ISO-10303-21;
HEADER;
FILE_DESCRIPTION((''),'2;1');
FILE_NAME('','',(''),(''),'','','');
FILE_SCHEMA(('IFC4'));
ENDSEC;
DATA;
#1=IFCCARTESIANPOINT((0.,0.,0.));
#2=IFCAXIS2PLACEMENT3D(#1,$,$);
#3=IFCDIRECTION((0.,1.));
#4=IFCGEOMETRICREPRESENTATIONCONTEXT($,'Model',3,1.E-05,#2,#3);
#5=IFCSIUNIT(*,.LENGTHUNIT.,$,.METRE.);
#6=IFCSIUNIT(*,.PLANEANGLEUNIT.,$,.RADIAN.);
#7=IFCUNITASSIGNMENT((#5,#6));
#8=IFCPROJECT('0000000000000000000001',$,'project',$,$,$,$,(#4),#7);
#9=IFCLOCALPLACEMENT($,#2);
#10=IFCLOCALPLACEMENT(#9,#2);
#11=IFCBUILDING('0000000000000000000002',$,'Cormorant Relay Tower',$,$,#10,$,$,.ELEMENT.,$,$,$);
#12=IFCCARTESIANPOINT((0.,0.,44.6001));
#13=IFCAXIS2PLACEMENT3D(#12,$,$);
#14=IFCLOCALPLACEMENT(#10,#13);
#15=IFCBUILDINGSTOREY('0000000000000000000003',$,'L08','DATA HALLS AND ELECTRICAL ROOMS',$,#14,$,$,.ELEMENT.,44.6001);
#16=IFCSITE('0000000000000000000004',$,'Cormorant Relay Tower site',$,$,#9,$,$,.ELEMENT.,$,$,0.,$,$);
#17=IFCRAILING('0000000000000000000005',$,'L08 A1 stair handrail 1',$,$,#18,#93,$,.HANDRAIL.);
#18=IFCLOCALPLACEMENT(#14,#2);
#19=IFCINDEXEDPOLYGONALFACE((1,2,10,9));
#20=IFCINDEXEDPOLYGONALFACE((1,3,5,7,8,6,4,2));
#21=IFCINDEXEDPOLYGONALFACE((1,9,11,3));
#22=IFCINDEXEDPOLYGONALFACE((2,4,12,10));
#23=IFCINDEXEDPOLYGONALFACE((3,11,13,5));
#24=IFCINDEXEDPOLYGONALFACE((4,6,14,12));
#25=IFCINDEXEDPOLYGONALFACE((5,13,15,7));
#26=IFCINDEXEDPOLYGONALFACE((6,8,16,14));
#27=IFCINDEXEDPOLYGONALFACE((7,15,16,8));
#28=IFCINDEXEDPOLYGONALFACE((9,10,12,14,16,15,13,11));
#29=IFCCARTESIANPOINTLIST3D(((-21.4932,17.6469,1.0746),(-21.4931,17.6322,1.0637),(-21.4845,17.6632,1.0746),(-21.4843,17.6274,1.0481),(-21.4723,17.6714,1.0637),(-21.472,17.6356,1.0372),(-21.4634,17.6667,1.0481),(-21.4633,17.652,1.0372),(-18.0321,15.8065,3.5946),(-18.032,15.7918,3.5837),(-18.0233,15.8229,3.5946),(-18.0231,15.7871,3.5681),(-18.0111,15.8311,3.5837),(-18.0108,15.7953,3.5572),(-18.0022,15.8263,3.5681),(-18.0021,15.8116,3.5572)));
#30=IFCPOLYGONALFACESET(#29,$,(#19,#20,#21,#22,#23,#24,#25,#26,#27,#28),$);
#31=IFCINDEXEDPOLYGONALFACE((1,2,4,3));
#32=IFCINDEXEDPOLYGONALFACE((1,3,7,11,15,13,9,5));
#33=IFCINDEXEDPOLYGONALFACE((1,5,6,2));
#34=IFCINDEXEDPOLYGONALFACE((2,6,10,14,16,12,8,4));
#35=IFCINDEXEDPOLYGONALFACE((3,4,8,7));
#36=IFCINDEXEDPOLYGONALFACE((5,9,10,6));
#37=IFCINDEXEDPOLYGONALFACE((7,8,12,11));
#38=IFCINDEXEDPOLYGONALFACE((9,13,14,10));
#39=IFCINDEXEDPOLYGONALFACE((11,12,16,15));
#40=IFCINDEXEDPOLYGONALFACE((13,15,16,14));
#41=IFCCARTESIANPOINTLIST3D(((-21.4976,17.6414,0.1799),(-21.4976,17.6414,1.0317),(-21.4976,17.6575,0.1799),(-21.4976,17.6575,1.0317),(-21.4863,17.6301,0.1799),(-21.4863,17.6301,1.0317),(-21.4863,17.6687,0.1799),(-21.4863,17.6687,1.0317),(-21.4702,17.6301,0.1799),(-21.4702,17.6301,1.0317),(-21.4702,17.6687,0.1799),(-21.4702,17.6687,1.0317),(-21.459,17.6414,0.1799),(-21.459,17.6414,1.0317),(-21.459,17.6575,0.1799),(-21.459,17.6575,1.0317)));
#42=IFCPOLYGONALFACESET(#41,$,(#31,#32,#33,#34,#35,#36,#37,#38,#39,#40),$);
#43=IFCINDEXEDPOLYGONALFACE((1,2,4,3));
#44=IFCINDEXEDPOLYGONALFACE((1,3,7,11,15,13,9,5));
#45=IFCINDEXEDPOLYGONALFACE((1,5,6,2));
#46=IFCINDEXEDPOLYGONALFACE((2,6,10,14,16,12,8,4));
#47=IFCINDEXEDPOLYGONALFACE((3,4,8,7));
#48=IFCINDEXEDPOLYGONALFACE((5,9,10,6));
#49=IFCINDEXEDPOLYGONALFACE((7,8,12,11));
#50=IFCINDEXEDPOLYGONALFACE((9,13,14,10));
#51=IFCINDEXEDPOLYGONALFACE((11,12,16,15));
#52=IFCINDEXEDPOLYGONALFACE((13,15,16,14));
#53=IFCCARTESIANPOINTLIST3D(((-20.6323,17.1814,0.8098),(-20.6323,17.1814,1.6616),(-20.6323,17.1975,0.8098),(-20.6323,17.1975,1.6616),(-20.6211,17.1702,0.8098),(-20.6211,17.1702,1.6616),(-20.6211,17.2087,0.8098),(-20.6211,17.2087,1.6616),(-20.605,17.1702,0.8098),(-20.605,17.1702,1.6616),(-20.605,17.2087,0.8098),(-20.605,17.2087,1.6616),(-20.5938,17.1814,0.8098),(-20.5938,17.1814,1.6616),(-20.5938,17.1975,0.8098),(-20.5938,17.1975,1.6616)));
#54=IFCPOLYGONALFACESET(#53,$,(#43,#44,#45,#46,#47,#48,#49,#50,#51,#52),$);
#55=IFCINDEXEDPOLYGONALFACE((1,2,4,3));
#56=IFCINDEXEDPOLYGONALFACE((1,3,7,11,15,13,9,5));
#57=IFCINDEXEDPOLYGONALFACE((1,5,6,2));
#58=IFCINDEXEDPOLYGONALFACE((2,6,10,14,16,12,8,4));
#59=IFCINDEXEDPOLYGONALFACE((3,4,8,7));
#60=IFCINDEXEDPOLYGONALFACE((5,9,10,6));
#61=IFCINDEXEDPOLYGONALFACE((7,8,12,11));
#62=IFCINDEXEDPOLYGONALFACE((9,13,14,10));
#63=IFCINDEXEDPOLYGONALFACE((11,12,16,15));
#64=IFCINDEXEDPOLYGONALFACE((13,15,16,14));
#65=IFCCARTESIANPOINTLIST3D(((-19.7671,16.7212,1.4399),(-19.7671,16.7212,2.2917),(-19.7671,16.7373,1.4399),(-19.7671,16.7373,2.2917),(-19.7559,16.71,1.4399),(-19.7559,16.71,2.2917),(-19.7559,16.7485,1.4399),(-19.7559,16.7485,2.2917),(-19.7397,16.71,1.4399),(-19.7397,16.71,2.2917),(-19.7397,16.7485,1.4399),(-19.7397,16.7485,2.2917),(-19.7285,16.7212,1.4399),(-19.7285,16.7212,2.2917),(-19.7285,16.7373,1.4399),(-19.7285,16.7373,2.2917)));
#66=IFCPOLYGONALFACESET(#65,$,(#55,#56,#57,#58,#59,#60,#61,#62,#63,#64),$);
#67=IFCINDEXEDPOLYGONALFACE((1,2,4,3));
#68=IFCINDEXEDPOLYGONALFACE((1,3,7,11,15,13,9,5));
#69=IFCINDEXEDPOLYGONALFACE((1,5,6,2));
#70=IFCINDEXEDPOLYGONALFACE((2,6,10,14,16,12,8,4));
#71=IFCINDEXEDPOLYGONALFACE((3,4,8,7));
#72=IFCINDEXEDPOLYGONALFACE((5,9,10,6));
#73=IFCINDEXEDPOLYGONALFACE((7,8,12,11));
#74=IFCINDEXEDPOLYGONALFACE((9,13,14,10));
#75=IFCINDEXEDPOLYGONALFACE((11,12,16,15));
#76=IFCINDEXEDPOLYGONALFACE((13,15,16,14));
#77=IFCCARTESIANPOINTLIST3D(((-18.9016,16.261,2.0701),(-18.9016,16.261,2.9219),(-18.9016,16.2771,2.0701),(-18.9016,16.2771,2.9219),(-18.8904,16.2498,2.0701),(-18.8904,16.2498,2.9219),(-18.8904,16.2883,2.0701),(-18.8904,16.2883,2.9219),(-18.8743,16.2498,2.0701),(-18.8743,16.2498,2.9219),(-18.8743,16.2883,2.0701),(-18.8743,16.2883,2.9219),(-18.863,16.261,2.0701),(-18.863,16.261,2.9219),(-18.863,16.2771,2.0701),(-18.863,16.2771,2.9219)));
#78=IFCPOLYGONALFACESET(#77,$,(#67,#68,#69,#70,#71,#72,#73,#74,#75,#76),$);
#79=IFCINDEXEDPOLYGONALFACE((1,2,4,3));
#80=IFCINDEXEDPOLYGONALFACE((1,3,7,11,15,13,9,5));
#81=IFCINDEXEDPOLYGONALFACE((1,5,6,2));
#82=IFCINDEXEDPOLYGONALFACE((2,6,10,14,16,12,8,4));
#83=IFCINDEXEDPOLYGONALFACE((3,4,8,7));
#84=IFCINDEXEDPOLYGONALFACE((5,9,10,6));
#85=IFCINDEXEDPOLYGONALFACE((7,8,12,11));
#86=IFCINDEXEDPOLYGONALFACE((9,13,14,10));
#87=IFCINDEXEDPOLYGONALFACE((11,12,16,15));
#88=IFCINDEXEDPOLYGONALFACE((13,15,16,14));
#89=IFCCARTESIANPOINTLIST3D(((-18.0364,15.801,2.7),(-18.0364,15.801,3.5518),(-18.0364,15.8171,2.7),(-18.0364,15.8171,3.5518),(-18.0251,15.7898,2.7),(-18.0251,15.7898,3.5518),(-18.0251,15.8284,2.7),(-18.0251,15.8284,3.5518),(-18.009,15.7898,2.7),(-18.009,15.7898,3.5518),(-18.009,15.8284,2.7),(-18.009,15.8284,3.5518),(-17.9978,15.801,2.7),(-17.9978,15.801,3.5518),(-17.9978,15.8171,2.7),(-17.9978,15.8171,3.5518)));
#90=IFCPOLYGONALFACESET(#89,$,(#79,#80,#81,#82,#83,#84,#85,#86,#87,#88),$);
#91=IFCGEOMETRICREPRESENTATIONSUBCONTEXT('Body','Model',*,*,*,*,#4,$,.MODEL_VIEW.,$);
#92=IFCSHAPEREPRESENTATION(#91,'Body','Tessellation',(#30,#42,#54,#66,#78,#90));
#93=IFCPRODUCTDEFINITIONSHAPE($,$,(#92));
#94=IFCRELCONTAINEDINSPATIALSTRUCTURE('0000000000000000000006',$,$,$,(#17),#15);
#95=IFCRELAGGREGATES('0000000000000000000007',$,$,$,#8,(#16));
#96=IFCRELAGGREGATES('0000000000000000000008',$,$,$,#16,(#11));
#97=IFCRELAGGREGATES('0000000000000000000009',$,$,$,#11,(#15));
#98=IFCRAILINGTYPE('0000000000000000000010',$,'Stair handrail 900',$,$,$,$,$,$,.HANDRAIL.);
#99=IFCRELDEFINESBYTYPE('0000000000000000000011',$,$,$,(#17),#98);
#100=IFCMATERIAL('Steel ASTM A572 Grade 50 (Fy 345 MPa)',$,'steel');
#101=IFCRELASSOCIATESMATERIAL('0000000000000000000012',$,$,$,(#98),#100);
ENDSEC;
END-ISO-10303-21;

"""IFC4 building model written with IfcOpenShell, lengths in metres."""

from ifc_helpers import new_model, si_unit, direction, frame, origin, place, context, subcontext, project, spatial, polyline, outline, extrude, material, type_object, element, save


model = new_model("IFC4")

# Units and contexts
model_context = context("Model", 3, precision=1e-05, world=origin(), true_north=direction((0.0, 1.0)))
body_context = subcontext(model_context, "Body", "Model", "MODEL_VIEW")
ifc_project = project(units=[si_unit("LENGTHUNIT", "METRE"), si_unit("PLANEANGLEUNIT", "RADIAN")], contexts=[model_context])

# Site, building, storey
site_placement = place(None, origin())
site = spatial("IfcSite", under=ifc_project, at=site_placement, Name="Cormorant Relay Tower site", CompositionType="ELEMENT", RefElevation=0.0)
building_placement = place(site_placement, origin())
building = spatial("IfcBuilding", under=site, at=building_placement, Name="Cormorant Relay Tower", CompositionType="ELEMENT")
storey_placement = place(building_placement, frame((0.0, 0.0, 44.6001)))
storey = spatial("IfcBuildingStorey", under=building, at=storey_placement, Name="L08", Description="DATA HALLS AND ELECTRICAL ROOMS", CompositionType="ELEMENT", Elevation=44.6001)

# Railing
ifc_material_1 = material(Name="Steel ASTM A572 Grade 50 (Fy 345 MPa)", Category="steel")
railing_type = type_object("IfcRailingType", Name="Stair handrail 900", PredefinedType="HANDRAIL", material=ifc_material_1)
railing_placement = place(storey_placement, frame((-21.4783, 17.6494, 0.1799)))
element("IfcRailing", 1, at=railing_placement, inside=storey, type_object=railing_type, Name="L08 A1 stair handrail 1", PredefinedType="HANDRAIL", context=body_context, shape_type="SweptSolid", body=[
    extrude(outline(polyline([(0.0222, 0.0093), (0.0093, 0.0222), (-0.0093, 0.0222), (-0.0222, 0.0093), (-0.0222, -0.0093), (-0.0093, -0.0222), (0.0093, -0.0222), (0.0222, -0.0093), (0.0222, 0.0093)])), frame((0.0, 0.0, 0.876), z_axis=(0.742717, -0.394907, 0.540758), x_axis=(0.469469, 0.882949, 0.0)), (0.0, 0.0, 1.0), 4.6602),
    extrude(outline(polyline([(0.0193, 0.0081), (0.0081, 0.0193), (-0.0081, 0.0193), (-0.0193, 0.0081), (-0.0193, -0.0081), (-0.0081, -0.0193), (0.0081, -0.0193), (0.0193, -0.0081), (0.0193, 0.0081)])), origin(), (0.0, 0.0, 1.0), 0.8518),
    extrude(outline(polyline([(0.0193, 0.0081), (0.0081, 0.0193), (-0.0081, 0.0193), (-0.0193, 0.0081), (-0.0193, -0.0081), (-0.0081, -0.0193), (0.0081, -0.0193), (0.0193, -0.0081), (0.0193, 0.0081)])), frame((0.8652, -0.46, 0.6299)), (0.0, 0.0, 1.0), 0.8518),
    extrude(outline(polyline([(0.0193, 0.0081), (0.0081, 0.0193), (-0.0081, 0.0193), (-0.0193, 0.0081), (-0.0193, -0.0081), (-0.0081, -0.0193), (0.0081, -0.0193), (0.0193, -0.0081), (0.0193, 0.0081)])), frame((1.7305, -0.9202, 1.26)), (0.0, 0.0, 1.0), 0.8518),
    extrude(outline(polyline([(0.0193, 0.0081), (0.0081, 0.0193), (-0.0081, 0.0193), (-0.0193, 0.0081), (-0.0193, -0.0081), (-0.0081, -0.0193), (0.0081, -0.0193), (0.0193, -0.0081), (0.0193, 0.0081)])), frame((2.5959, -1.3804, 1.8901)), (0.0, 0.0, 1.0), 0.8518),
    extrude(outline(polyline([(0.0193, 0.0081), (0.0081, 0.0193), (-0.0081, 0.0193), (-0.0193, 0.0081), (-0.0193, -0.0081), (-0.0081, -0.0193), (0.0081, -0.0193), (0.0193, -0.0081), (0.0193, 0.0081)])), frame((3.4612, -1.8403, 2.52)), (0.0, 0.0, 1.0), 0.8518),
])

save(model, "model.ifc")
